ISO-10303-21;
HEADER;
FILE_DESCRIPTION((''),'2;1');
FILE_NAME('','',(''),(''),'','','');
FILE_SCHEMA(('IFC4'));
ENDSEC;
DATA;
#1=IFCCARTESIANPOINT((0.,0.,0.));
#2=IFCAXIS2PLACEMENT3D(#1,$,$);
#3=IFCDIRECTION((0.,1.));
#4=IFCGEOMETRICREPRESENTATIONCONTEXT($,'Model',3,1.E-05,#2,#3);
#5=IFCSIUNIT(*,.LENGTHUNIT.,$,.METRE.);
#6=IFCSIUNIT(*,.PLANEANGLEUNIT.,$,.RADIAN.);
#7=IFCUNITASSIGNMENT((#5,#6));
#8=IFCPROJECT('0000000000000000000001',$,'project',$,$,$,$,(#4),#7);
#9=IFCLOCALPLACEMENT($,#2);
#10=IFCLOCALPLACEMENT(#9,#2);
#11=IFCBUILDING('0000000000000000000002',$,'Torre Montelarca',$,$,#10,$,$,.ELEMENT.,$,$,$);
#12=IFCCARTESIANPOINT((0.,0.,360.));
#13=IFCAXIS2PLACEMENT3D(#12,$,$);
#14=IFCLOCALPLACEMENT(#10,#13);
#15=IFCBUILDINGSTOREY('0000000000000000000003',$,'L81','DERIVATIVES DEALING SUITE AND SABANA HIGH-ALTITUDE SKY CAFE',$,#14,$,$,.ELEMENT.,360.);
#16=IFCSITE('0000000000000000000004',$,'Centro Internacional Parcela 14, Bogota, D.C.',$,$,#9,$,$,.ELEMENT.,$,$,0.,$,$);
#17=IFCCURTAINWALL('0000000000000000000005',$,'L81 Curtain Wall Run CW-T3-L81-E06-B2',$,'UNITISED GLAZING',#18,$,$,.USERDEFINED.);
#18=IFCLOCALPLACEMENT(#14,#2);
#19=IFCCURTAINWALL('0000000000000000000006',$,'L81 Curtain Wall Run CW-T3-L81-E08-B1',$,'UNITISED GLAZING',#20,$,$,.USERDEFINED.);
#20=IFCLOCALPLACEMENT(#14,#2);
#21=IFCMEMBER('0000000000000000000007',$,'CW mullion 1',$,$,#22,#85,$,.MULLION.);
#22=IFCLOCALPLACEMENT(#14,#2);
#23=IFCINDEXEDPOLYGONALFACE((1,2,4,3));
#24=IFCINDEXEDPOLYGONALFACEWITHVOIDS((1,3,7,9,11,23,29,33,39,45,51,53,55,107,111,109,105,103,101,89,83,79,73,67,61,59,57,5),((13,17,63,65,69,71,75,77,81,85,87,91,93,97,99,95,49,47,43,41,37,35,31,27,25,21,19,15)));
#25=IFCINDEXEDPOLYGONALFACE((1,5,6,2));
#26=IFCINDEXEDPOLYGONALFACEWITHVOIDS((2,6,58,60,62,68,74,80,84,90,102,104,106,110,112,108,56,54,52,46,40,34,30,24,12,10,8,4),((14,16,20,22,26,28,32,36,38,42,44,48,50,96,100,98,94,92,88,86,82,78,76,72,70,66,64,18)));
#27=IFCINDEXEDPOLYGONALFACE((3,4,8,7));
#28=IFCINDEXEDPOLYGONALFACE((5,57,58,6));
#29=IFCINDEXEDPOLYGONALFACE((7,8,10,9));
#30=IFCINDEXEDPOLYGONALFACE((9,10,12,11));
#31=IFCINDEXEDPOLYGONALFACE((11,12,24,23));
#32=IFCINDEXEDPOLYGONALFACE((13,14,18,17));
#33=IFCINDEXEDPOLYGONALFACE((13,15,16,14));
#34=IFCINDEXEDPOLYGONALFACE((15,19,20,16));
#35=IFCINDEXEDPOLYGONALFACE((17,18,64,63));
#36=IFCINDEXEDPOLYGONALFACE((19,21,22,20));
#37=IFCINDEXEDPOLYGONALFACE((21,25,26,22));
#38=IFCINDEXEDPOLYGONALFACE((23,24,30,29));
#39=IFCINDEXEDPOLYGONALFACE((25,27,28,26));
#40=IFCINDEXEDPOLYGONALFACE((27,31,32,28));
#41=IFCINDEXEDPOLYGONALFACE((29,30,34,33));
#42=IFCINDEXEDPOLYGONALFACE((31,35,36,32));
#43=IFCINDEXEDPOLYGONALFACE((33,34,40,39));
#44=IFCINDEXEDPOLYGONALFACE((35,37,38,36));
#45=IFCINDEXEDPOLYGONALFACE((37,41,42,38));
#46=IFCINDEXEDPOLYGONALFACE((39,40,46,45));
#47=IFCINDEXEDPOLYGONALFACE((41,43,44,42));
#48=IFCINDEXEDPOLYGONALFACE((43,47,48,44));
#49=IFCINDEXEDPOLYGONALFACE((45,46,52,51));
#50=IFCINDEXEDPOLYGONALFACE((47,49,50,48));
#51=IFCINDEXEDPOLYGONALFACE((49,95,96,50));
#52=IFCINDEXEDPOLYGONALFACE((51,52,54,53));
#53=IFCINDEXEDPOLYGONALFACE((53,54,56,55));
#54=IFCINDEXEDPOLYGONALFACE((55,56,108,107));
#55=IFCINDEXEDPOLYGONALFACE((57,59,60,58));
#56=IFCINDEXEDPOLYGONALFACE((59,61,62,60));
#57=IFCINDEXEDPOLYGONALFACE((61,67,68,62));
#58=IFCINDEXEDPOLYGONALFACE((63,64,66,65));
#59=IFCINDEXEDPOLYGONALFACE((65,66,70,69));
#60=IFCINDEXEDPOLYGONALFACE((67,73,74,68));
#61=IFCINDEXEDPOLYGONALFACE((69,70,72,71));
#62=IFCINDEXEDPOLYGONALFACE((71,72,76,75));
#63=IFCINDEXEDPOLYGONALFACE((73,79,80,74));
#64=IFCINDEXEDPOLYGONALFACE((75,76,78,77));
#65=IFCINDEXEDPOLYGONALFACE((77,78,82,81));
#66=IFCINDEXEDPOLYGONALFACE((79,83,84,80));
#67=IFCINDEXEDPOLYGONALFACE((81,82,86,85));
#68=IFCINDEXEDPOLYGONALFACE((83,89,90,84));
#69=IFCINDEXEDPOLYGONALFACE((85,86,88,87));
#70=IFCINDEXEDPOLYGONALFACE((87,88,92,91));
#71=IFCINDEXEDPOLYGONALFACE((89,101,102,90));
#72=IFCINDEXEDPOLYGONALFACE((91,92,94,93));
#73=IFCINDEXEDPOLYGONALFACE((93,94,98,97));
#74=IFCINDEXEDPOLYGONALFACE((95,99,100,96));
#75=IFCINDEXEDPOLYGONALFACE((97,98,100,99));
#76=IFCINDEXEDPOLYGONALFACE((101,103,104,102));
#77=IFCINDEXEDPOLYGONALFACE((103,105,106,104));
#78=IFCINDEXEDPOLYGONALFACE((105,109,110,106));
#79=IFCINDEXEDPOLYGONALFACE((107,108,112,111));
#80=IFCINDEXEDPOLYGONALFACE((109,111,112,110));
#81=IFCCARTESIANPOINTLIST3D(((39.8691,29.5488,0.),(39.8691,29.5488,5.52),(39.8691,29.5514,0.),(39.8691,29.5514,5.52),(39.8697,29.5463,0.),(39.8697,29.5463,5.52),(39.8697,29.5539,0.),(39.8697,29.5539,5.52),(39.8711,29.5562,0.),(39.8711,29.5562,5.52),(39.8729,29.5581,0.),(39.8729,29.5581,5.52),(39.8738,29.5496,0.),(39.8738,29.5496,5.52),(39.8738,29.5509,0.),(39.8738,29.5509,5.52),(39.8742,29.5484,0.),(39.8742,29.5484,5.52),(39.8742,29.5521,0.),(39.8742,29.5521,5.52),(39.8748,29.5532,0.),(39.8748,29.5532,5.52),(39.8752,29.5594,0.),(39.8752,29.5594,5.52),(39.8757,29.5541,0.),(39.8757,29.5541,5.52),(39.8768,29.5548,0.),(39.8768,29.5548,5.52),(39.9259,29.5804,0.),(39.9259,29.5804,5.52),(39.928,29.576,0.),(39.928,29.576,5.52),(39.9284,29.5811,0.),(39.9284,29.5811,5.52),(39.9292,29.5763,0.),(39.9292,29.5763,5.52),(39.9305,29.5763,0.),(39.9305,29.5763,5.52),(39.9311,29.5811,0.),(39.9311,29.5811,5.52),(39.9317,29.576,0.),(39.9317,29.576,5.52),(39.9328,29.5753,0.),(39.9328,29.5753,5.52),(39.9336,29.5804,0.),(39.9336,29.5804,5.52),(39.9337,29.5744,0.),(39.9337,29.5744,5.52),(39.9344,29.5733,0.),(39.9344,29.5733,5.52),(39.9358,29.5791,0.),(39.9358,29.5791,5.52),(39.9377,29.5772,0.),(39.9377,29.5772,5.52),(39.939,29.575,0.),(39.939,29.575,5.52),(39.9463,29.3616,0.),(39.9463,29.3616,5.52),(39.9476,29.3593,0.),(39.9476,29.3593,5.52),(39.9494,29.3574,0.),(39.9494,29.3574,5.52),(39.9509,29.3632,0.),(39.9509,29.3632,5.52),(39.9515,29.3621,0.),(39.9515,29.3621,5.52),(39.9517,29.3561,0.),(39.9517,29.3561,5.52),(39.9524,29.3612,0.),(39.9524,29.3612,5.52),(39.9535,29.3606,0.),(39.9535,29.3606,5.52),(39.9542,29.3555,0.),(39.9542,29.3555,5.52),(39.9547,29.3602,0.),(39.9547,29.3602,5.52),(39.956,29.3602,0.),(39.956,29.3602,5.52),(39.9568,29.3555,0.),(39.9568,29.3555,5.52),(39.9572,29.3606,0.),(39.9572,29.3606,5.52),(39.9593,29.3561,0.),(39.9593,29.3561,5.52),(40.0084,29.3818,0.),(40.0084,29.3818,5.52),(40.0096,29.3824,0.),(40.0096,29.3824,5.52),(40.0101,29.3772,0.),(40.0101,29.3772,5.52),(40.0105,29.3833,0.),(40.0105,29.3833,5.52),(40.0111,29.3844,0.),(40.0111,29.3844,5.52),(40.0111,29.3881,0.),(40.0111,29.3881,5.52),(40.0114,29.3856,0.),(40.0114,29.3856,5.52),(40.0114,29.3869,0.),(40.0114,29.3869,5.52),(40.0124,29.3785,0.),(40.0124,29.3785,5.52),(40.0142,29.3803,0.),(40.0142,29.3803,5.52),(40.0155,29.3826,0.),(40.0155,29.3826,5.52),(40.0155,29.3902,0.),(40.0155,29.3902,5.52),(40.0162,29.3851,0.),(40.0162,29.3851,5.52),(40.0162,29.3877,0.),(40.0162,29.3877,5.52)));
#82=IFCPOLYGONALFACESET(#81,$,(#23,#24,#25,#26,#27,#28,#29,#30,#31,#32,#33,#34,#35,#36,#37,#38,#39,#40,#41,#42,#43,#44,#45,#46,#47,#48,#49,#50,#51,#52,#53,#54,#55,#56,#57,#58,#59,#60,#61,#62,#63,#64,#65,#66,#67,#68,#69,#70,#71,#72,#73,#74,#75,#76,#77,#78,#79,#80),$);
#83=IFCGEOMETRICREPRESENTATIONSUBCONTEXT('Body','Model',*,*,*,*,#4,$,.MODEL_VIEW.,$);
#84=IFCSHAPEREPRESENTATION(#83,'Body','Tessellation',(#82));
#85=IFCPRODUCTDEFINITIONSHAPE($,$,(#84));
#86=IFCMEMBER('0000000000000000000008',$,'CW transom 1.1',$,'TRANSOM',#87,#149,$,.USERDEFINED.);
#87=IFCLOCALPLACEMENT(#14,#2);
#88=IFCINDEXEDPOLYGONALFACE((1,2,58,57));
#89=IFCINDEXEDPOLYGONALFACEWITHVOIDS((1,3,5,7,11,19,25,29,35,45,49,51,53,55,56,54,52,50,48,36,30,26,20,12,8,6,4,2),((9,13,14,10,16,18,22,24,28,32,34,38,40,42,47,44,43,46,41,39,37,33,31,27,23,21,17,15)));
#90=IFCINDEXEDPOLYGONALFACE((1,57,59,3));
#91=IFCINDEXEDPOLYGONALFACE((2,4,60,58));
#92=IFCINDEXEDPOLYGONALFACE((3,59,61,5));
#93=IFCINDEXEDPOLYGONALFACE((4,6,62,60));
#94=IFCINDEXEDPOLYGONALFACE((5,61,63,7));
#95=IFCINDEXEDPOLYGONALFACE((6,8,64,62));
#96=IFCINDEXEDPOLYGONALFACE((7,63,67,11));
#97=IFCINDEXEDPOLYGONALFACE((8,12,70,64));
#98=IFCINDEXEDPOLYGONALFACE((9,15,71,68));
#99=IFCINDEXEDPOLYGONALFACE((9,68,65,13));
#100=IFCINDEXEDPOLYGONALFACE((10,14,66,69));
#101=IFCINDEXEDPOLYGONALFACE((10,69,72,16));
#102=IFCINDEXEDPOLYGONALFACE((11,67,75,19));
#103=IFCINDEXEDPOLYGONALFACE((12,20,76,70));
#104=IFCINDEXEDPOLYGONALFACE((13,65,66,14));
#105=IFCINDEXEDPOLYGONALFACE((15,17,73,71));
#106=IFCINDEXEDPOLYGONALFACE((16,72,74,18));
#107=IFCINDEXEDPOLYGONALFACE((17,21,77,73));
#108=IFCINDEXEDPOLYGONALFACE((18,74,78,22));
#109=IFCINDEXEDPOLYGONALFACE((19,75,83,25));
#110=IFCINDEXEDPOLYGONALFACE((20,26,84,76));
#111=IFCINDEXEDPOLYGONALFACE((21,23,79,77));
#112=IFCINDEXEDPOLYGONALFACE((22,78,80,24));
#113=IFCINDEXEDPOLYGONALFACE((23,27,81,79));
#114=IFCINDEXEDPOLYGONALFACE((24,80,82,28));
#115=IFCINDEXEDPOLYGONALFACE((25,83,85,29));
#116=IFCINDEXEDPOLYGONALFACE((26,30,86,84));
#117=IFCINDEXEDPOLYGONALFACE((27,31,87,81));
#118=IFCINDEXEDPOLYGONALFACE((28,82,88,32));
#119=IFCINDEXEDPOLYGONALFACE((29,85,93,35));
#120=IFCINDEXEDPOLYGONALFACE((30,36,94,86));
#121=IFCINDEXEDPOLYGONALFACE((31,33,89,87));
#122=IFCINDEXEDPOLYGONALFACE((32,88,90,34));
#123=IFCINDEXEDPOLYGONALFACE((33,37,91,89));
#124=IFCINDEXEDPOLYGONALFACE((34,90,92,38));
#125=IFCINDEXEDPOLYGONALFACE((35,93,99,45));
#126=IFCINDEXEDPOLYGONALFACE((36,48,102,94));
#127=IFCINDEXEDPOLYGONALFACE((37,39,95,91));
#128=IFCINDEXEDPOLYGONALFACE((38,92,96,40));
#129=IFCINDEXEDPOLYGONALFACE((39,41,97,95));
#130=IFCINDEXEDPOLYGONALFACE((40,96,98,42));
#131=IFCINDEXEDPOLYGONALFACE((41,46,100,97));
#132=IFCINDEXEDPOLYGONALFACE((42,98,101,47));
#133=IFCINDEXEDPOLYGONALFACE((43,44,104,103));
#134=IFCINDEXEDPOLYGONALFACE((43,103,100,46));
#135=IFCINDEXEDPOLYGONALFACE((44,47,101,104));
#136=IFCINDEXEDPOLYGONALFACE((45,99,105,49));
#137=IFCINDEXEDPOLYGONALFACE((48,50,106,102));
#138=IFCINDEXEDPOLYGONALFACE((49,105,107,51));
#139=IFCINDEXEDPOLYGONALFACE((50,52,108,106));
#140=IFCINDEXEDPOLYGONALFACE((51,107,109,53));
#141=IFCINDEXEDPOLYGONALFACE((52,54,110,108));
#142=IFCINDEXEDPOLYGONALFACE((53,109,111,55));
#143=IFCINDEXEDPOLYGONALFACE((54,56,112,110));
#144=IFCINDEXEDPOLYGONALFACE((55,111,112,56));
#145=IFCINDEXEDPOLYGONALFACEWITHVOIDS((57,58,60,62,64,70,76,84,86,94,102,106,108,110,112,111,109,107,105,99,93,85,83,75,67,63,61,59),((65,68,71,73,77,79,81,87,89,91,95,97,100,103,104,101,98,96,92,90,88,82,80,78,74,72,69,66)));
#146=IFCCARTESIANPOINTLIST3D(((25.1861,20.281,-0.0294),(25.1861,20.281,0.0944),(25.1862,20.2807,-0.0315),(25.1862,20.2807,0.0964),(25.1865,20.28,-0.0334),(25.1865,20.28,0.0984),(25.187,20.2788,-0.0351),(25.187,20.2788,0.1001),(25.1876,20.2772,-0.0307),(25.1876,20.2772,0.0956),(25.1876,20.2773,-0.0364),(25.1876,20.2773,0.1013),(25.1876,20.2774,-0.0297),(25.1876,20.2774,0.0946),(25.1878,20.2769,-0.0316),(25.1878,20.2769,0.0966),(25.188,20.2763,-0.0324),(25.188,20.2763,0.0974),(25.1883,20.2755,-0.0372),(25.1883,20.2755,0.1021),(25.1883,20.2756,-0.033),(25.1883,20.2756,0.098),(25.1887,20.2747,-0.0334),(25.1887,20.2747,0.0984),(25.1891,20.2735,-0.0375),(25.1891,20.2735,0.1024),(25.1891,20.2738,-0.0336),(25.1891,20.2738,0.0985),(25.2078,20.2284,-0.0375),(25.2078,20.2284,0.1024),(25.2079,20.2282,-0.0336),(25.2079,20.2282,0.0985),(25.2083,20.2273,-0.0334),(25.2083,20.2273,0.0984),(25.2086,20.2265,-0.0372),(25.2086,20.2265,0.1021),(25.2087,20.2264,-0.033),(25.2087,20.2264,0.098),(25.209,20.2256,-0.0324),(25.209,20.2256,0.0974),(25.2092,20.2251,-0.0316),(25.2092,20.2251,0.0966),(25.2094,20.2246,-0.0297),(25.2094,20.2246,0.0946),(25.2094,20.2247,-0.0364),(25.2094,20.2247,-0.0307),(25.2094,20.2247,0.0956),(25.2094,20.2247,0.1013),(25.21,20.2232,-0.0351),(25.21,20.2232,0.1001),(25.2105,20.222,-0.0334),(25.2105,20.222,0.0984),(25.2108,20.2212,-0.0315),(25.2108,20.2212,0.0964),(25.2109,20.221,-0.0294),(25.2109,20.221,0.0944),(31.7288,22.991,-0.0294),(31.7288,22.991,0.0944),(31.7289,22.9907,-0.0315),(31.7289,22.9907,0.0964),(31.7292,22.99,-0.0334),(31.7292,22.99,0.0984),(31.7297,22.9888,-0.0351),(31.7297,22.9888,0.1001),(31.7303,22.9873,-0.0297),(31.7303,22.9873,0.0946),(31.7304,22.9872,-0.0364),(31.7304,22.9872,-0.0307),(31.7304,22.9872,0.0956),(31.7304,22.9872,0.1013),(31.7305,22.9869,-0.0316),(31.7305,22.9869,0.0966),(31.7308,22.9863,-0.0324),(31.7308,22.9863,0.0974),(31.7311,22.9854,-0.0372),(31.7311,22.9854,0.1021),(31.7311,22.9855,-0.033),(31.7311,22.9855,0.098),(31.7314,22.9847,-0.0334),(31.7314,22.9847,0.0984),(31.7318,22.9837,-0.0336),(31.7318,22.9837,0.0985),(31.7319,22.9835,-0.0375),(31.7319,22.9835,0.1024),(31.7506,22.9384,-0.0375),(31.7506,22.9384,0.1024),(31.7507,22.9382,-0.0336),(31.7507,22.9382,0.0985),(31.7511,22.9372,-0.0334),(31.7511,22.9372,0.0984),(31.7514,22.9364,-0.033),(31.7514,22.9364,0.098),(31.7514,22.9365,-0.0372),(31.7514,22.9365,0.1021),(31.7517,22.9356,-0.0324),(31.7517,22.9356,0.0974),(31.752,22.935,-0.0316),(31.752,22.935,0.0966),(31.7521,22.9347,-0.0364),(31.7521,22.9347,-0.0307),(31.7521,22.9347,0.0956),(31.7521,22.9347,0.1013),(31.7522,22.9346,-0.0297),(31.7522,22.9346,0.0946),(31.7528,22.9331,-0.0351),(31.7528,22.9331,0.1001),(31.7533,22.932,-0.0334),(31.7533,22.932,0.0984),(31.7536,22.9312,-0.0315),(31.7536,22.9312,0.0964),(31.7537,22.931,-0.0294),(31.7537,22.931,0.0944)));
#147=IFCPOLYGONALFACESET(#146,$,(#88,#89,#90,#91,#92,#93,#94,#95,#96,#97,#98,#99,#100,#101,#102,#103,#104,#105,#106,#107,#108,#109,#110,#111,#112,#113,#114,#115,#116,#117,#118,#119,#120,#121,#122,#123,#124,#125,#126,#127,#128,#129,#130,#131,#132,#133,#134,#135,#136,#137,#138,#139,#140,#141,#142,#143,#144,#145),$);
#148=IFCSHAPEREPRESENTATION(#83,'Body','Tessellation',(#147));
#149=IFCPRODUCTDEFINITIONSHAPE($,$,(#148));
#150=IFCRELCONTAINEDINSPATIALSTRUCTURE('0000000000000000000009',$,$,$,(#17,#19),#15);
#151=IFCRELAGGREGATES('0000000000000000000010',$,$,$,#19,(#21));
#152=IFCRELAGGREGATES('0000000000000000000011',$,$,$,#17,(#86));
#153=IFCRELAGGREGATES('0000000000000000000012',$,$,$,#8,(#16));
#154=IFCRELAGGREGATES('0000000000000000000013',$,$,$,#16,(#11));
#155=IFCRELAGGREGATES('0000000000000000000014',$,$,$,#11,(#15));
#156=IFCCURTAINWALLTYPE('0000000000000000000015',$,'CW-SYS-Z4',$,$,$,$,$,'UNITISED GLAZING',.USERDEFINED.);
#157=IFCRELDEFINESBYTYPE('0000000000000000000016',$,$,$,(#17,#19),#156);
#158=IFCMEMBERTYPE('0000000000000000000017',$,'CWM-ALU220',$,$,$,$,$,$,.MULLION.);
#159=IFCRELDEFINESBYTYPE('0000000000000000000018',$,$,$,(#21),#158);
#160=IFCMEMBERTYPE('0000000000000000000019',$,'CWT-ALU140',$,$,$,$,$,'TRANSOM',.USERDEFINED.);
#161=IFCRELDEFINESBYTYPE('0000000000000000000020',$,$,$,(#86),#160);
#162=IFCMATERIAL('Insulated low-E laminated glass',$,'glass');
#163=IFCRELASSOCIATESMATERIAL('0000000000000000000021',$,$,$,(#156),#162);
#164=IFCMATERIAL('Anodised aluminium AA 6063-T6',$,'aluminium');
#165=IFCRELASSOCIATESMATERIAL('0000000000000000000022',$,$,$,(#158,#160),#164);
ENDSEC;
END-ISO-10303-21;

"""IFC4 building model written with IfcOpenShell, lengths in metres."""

from ifc_helpers import new_model, si_unit, direction, frame, origin, origin_2d, place, context, subcontext, project, spatial, hollow_rectangle, extrude, source, transform, mapped, material, material_profile, profile_set, type_object, element, aggregate, save


model = new_model("IFC4")

# Units and contexts
model_context = context("Model", 3, precision=1e-05, world=origin(), true_north=direction((0.0, 1.0)))
body_context = subcontext(model_context, "Body", "Model", "MODEL_VIEW")
ifc_project = project(units=[si_unit("LENGTHUNIT", "METRE"), si_unit("PLANEANGLEUNIT", "RADIAN")], contexts=[model_context])

# Site, building, storey
site_placement = place(None, origin())
site = spatial("IfcSite", under=ifc_project, at=site_placement, Name="Centro Internacional Parcela 14, Bogota, D.C.", CompositionType="ELEMENT", RefElevation=0.0)
building_placement = place(site_placement, origin())
building = spatial("IfcBuilding", under=site, at=building_placement, Name="Torre Montelarca", CompositionType="ELEMENT")
storey_placement = place(building_placement, frame((0.0, 0.0, 360.0)))
storey = spatial("IfcBuildingStorey", under=building, at=storey_placement, Name="L81", Description="DERIVATIVES DEALING SUITE AND SABANA HIGH-ALTITUDE SKY CAFE", CompositionType="ELEMENT", Elevation=360.0)

# Curtain wall
ifc_material_1 = material(Name="Insulated low-E laminated glass", Category="glass")
curtain_wall_type = type_object("IfcCurtainWallType", Name="CW-SYS-Z4", ElementType="UNITISED GLAZING", PredefinedType="USERDEFINED", material=ifc_material_1)
curtain_wall_1_placement = place(storey_placement, origin())
curtain_wall_1 = element("IfcCurtainWall", 1, at=curtain_wall_1_placement, inside=storey, type_object=curtain_wall_type, Name="L81 Curtain Wall Run CW-T3-L81-E06-B2", ObjectType="UNITISED GLAZING", PredefinedType="USERDEFINED")
ifc_material_2 = material(Name="Anodised aluminium AA 6063-T6", Category="aluminium")
ifc_material_profile_1 = material_profile(ifc_material_2, hollow_rectangle(XDim=0.075, YDim=0.22, WallThickness=0.0049, InnerFilletRadius=0.0049, OuterFilletRadius=0.01, at=origin_2d()), Name="ALU75X220X5", Category="aluminium")
ifc_profile_set_1 = profile_set([ifc_material_profile_1], Name="Anodised aluminium AA 6063-T6")
member_type_1 = type_object("IfcMemberType", Name="CWM-ALU220", PredefinedType="MULLION", material=ifc_profile_set_1)
shared_shape_1 = source(origin(), body_context, "Body", "SweptSolid", [
    extrude(hollow_rectangle(XDim=0.075, YDim=0.22, WallThickness=0.0049, InnerFilletRadius=0.0049, OuterFilletRadius=0.01, at=origin_2d()), origin(), (0.0, 0.0, 1.0), 5.52),
])

# Curtain wall, member
curtain_wall_2_placement = place(storey_placement, origin())
curtain_wall_2 = element("IfcCurtainWall", 2, at=curtain_wall_2_placement, inside=storey, type_object=curtain_wall_type, Name="L81 Curtain Wall Run CW-T3-L81-E08-B1", ObjectType="UNITISED GLAZING", PredefinedType="USERDEFINED")
member_1_placement = place(storey_placement, frame((39.9426, 29.4683, 0.0), z_axis=(0.0, 0.0, 1.0), x_axis=(-0.923881, -0.38268, 0.0)))
member_1 = element("IfcMember", 3, at=member_1_placement, type_object=member_type_1, Name="CW mullion 1", PredefinedType="MULLION", context=body_context, shape_type="MappedRepresentation", body=[
    mapped(shared_shape_1, transform((0.0, 0.0, 0.0), scale=1.0)),
])

# Member
ifc_material_profile_2 = material_profile(ifc_material_2, hollow_rectangle(XDim=0.0649, YDim=0.1399, WallThickness=0.0039, InnerFilletRadius=0.0039, OuterFilletRadius=0.0081, at=origin_2d()), Name="ALU65X140X4", Category="aluminium")
ifc_profile_set_2 = profile_set([ifc_material_profile_2], Name="Anodised aluminium AA 6063-T6")
member_type_2 = type_object("IfcMemberType", Name="CWT-ALU140", ElementType="TRANSOM", PredefinedType="USERDEFINED", material=ifc_profile_set_2)
shared_shape_2 = source(origin(), body_context, "Body", "SweptSolid", [
    extrude(hollow_rectangle(XDim=0.0649, YDim=0.1399, WallThickness=0.0039, InnerFilletRadius=0.0039, OuterFilletRadius=0.0081, at=origin_2d()), origin(), (0.0, 0.0, 1.0), 7.0818),
])
member_2_placement = place(storey_placement, frame((25.1985, 20.251, 0.0325), z_axis=(0.923886, 0.382668, 0.0), x_axis=(-0.382668, 0.923886, 0.0)))
member_2 = element("IfcMember", 4, at=member_2_placement, type_object=member_type_2, Name="CW transom 1.1", ObjectType="TRANSOM", PredefinedType="USERDEFINED", context=body_context, shape_type="MappedRepresentation", body=[
    mapped(shared_shape_2, transform((0.0, 0.0, 0.0), scale=1.0)),
])
aggregate(curtain_wall_2, [member_1])

aggregate(curtain_wall_1, [member_2])

save(model, "model.ifc")
